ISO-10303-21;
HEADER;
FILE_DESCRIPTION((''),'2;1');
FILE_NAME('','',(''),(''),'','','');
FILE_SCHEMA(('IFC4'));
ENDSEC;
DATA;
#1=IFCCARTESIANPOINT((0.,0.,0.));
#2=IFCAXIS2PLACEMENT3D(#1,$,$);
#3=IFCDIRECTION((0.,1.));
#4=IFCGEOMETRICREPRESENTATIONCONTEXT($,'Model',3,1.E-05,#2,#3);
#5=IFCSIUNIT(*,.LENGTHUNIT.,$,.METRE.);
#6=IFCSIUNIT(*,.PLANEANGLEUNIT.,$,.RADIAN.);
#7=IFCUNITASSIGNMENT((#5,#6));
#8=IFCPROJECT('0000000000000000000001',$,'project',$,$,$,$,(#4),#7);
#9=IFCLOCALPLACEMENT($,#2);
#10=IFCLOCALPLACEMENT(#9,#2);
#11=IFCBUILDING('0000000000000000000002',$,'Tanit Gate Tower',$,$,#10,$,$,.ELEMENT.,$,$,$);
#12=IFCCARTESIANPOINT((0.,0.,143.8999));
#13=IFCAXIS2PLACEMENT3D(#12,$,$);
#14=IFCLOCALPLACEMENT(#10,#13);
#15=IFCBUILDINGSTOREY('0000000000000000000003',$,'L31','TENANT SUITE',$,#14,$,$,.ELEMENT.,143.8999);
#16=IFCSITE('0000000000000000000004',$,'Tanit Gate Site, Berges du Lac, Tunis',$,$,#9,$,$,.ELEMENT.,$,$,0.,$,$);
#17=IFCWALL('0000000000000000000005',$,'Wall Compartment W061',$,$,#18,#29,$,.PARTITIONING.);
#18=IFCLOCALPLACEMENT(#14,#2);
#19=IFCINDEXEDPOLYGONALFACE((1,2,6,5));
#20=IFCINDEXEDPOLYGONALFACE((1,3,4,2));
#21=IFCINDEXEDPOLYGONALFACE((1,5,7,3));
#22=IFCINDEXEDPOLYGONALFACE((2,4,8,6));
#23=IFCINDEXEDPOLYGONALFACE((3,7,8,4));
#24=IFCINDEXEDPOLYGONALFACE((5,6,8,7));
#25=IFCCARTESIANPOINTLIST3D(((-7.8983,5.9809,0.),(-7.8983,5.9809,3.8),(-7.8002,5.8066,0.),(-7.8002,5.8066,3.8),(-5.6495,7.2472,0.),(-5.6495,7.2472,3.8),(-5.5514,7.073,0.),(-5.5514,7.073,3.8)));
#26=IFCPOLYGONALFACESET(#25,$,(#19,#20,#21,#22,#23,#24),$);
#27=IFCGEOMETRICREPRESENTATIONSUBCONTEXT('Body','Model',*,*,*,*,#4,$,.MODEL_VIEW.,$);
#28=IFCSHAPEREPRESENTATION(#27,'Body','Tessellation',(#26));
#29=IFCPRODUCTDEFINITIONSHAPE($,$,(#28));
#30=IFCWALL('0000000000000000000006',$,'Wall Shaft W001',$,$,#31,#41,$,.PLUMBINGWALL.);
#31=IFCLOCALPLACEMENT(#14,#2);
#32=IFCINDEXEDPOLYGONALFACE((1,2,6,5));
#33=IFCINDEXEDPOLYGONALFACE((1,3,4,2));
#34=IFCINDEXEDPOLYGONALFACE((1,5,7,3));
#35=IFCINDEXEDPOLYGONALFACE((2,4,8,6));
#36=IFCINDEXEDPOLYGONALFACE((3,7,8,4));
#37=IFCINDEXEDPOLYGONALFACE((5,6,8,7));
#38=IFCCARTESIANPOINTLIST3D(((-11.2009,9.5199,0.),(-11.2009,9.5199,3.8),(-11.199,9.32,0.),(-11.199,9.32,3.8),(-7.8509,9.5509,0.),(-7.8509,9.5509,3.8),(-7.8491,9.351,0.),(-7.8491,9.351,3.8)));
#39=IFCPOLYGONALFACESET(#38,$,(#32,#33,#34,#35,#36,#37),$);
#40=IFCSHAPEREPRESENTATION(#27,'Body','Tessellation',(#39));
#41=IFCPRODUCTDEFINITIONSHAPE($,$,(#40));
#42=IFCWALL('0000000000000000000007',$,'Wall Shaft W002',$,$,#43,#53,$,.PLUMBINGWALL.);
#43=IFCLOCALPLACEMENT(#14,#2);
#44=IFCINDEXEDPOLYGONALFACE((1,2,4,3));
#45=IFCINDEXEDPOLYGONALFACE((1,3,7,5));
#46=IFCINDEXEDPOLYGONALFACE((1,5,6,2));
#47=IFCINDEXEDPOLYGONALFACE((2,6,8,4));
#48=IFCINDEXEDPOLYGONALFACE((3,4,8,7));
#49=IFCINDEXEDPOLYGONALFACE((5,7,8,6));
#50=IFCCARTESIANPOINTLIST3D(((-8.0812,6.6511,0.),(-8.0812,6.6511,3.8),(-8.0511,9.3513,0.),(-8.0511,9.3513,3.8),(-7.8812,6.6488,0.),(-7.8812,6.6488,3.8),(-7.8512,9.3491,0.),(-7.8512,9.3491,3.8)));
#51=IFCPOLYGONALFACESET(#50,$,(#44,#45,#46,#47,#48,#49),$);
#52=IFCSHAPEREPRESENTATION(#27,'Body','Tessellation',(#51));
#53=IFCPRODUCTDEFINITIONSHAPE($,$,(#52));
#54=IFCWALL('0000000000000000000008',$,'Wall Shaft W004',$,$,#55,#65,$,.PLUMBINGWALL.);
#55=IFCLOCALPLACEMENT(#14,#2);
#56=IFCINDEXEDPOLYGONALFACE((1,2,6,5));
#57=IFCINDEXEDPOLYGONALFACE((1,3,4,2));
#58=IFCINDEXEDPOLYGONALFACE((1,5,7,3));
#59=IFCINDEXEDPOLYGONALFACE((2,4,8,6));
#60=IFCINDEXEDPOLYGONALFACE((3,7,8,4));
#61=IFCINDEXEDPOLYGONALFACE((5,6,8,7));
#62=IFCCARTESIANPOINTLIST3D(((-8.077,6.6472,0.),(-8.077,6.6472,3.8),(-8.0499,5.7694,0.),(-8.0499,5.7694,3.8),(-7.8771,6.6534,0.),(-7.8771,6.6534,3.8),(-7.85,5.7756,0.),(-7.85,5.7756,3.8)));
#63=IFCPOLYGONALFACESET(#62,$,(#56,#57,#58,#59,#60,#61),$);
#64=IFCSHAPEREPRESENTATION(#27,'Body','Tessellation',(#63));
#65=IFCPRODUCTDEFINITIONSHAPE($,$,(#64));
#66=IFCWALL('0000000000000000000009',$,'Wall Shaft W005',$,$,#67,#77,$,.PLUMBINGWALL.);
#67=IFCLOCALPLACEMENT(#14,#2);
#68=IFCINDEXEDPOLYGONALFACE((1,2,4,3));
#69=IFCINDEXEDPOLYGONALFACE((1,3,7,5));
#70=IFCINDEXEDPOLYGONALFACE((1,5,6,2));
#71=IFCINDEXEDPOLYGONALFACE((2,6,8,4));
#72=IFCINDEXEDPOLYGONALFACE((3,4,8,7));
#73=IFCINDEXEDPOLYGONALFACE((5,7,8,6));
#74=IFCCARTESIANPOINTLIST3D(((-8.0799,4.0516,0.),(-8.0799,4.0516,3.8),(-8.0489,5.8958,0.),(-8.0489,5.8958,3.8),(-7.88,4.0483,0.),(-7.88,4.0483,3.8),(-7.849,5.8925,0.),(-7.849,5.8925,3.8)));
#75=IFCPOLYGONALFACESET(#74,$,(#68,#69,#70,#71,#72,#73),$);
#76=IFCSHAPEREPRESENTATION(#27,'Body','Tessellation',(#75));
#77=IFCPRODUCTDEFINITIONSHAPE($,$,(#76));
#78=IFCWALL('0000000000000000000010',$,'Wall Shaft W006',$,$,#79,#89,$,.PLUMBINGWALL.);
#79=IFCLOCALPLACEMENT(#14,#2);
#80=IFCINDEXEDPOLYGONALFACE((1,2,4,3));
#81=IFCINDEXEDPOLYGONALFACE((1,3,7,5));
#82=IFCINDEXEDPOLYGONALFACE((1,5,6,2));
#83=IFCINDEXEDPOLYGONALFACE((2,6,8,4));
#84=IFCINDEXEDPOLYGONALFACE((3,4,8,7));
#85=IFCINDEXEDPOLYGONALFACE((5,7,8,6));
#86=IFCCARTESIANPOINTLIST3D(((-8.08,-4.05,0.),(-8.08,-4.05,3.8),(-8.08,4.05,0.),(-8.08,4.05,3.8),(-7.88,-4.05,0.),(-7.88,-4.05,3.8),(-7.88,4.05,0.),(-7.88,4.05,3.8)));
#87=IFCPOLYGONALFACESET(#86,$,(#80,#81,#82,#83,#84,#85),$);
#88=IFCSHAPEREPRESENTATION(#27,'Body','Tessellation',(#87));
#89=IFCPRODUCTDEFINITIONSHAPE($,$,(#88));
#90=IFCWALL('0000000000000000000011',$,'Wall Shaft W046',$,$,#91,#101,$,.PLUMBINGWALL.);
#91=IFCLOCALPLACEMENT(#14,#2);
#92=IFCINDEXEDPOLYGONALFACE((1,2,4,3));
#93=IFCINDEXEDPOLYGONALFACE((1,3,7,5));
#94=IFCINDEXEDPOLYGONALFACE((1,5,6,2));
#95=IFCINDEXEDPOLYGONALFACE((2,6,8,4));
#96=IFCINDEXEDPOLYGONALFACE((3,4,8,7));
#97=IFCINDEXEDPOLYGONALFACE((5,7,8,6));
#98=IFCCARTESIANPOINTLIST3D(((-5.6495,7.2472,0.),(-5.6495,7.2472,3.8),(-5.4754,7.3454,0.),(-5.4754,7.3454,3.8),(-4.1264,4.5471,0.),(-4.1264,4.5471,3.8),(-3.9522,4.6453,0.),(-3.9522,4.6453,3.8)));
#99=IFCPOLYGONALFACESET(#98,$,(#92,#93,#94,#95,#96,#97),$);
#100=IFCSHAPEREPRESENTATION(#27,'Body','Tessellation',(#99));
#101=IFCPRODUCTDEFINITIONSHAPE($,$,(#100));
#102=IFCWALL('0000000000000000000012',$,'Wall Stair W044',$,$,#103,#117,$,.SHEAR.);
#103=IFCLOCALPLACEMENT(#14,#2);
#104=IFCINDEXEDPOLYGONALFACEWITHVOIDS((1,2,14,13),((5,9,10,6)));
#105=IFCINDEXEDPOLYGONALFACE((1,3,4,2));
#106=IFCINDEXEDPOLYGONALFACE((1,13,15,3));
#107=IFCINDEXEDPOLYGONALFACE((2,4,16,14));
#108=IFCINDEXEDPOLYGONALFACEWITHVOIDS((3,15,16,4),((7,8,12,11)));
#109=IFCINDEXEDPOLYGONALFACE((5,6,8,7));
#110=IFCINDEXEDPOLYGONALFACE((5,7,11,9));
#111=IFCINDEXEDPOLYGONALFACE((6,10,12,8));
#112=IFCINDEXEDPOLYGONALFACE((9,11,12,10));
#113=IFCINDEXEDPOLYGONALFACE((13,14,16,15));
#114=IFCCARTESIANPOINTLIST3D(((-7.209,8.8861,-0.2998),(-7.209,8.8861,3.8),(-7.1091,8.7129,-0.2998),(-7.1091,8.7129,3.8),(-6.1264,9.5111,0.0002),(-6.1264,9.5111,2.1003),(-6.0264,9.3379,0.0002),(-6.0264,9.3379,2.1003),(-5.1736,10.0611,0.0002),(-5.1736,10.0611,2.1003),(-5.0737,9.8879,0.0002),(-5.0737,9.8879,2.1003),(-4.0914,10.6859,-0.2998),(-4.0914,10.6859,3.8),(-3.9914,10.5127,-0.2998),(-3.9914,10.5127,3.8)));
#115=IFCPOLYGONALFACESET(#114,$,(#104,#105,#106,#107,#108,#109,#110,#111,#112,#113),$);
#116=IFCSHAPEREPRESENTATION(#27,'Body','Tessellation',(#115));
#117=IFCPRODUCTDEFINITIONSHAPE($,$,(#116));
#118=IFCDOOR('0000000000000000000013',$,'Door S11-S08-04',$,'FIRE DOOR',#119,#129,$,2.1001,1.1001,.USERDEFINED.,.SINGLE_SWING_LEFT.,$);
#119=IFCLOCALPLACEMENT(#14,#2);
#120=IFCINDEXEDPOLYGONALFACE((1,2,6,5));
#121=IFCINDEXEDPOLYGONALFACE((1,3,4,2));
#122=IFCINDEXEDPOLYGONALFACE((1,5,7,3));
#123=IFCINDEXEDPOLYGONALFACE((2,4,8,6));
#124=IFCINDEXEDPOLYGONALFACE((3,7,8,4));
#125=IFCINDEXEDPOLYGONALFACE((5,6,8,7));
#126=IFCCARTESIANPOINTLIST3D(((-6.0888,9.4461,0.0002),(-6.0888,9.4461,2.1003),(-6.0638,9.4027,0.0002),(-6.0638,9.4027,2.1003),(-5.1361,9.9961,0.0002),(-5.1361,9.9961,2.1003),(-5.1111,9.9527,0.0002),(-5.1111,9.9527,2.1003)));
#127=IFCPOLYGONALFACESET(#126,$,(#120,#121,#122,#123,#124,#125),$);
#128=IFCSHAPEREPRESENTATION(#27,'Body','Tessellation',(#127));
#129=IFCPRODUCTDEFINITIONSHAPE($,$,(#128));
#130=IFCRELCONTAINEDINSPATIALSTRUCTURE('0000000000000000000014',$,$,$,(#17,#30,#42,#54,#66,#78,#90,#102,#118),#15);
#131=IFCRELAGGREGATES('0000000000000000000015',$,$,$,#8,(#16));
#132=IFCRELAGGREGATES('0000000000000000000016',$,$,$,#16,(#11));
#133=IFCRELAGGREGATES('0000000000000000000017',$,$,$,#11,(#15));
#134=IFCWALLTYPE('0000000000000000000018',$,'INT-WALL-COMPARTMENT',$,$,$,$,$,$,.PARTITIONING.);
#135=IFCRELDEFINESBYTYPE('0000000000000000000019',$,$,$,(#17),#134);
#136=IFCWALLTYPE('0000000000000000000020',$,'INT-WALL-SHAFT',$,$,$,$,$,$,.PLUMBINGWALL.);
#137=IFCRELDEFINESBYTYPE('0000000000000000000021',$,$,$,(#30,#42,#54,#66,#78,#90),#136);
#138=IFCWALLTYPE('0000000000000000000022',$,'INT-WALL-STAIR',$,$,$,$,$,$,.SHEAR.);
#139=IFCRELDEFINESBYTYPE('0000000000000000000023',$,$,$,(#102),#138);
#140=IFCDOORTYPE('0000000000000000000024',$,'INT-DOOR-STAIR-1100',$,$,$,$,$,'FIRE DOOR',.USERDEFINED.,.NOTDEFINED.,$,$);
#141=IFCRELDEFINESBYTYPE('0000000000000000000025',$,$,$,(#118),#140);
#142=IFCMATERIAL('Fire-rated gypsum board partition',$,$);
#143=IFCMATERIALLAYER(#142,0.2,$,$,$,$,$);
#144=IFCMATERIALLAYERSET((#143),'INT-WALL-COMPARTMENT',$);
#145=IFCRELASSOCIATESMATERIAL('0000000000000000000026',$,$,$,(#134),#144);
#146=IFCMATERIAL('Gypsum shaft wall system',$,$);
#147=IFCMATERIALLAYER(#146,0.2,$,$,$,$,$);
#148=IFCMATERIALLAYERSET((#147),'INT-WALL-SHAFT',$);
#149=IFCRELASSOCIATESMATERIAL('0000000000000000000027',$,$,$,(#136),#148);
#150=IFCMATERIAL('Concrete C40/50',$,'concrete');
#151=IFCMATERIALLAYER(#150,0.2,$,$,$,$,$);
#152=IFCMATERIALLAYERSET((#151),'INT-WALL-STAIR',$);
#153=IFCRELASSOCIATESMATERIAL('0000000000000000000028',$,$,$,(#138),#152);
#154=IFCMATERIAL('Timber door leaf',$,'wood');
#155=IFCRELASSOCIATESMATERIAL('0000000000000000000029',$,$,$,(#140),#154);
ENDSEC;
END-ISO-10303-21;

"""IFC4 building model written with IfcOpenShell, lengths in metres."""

from ifc_helpers import new_model, si_unit, direction, frame, frame_2d, origin, place, context, subcontext, project, spatial, rectangle, extrude, material, layer, layer_set, type_object, element, fill, save


model = new_model("IFC4")

# Units and contexts
model_context = context("Model", 3, precision=1e-05, world=origin(), true_north=direction((0.0, 1.0)))
body_context = subcontext(model_context, "Body", "Model", "MODEL_VIEW")
ifc_project = project(units=[si_unit("LENGTHUNIT", "METRE"), si_unit("PLANEANGLEUNIT", "RADIAN")], contexts=[model_context])

# Site, building, storey
site_placement = place(None, origin())
site = spatial("IfcSite", under=ifc_project, at=site_placement, Name="Tanit Gate Site, Berges du Lac, Tunis", CompositionType="ELEMENT", RefElevation=0.0)
building_placement = place(site_placement, origin())
building = spatial("IfcBuilding", under=site, at=building_placement, Name="Tanit Gate Tower", CompositionType="ELEMENT")
storey_placement = place(building_placement, frame((0.0, 0.0, 143.8999)))
storey = spatial("IfcBuildingStorey", under=building, at=storey_placement, Name="L31", Description="TENANT SUITE", CompositionType="ELEMENT", Elevation=143.8999)

# Walls
ifc_material_1 = material(Name="Fire-rated gypsum board partition")
ifc_layer_1 = layer(ifc_material_1, 0.2)
ifc_layer_set_1 = layer_set([ifc_layer_1], Name="INT-WALL-COMPARTMENT")
wall_type_1 = type_object("IfcWallType", Name="INT-WALL-COMPARTMENT", PredefinedType="PARTITIONING", material=ifc_layer_set_1)
wall_1_placement = place(storey_placement, frame((-5.6003, 7.1602, 0.0), z_axis=(0.0, 0.0, 1.0), x_axis=(-0.87134, -0.490679, 0.0)))
element("IfcWall", 1, at=wall_1_placement, inside=storey, type_object=wall_type_1, Name="Wall Compartment W061", PredefinedType="PARTITIONING", context=body_context, shape_type="SweptSolid", body=[
    extrude(rectangle(XDim=2.5808, YDim=0.2, at=frame_2d((1.2905, 0.0))), origin(), (0.0, 0.0, 1.0), 3.8),
])
ifc_material_2 = material(Name="Gypsum shaft wall system")
ifc_layer_2 = layer(ifc_material_2, 0.2)
ifc_layer_set_2 = layer_set([ifc_layer_2], Name="INT-WALL-SHAFT")
wall_type_2 = type_object("IfcWallType", Name="INT-WALL-SHAFT", PredefinedType="PLUMBINGWALL", material=ifc_layer_set_2)
wall_2_placement = place(storey_placement, frame((-11.2, 9.4199, 0.0), z_axis=(0.0, 0.0, 1.0), x_axis=(0.999957, 0.009255, 0.0)))
element("IfcWall", 2, at=wall_2_placement, inside=storey, type_object=wall_type_2, Name="Wall Shaft W001", PredefinedType="PLUMBINGWALL", context=body_context, shape_type="SweptSolid", body=[
    extrude(rectangle(XDim=3.3501, YDim=0.2, at=frame_2d((1.675, 0.0))), origin(), (0.0, 0.0, 1.0), 3.8),
])
wall_3_placement = place(storey_placement, frame((-7.9512, 9.3501, 0.0), z_axis=(0.0, 0.0, 1.0), x_axis=(-0.01112, -0.999938, 0.0)))
element("IfcWall", 3, at=wall_3_placement, inside=storey, type_object=wall_type_2, Name="Wall Shaft W002", PredefinedType="PLUMBINGWALL", context=body_context, shape_type="SweptSolid", body=[
    extrude(rectangle(XDim=2.7004, YDim=0.2, at=frame_2d((1.3501, 0.0))), origin(), (0.0, 0.0, 1.0), 3.8),
])
wall_4_placement = place(storey_placement, frame((-7.9771, 6.6501, 0.0), z_axis=(0.0, 0.0, 1.0), x_axis=(0.030862, -0.999524, 0.0)))
element("IfcWall", 4, at=wall_4_placement, inside=storey, type_object=wall_type_2, Name="Wall Shaft W004", PredefinedType="PLUMBINGWALL", context=body_context, shape_type="SweptSolid", body=[
    extrude(rectangle(XDim=0.8782, YDim=0.2, at=frame_2d((0.439, 0.0))), origin(), (0.0, 0.0, 1.0), 3.8),
])
wall_5_placement = place(storey_placement, frame((-7.949, 5.8943, 0.0), z_axis=(0.0, 0.0, 1.0), x_axis=(-0.01681, -0.999859, 0.0)))
element("IfcWall", 5, at=wall_5_placement, inside=storey, type_object=wall_type_2, Name="Wall Shaft W005", PredefinedType="PLUMBINGWALL", context=body_context, shape_type="SweptSolid", body=[
    extrude(rectangle(XDim=1.8445, YDim=0.2, at=frame_2d((0.9224, 0.0))), origin(), (0.0, 0.0, 1.0), 3.8),
])
wall_6_placement = place(storey_placement, frame((-7.98, 4.05, 0.0), z_axis=(0.0, 0.0, 1.0), x_axis=(0.0, -1.0, 0.0)))
element("IfcWall", 6, at=wall_6_placement, inside=storey, type_object=wall_type_2, Name="Wall Shaft W006", PredefinedType="PLUMBINGWALL", context=body_context, shape_type="SweptSolid", body=[
    extrude(rectangle(XDim=8.1001, YDim=0.2, at=frame_2d((4.05, 0.0))), origin(), (0.0, 0.0, 1.0), 3.8),
])

# Wall
wall_7_placement = place(storey_placement, frame((-4.0393, 4.5962, 0.0), z_axis=(0.0, 0.0, 1.0), x_axis=(-0.491323, 0.870978, 0.0)))
element("IfcWall", 7, at=wall_7_placement, inside=storey, type_object=wall_type_2, Name="Wall Shaft W046", PredefinedType="PLUMBINGWALL", context=body_context, shape_type="SweptSolid", body=[
    extrude(rectangle(XDim=3.1001, YDim=0.2, at=frame_2d((1.55, 0.0))), origin(), (0.0, 0.0, 1.0), 3.8),
])

# Wall, opening, door
ifc_material_3 = material(Name="Concrete C40/50", Category="concrete")
ifc_layer_3 = layer(ifc_material_3, 0.2)
ifc_layer_set_3 = layer_set([ifc_layer_3], Name="INT-WALL-STAIR")
wall_type_3 = type_object("IfcWallType", Name="INT-WALL-STAIR", PredefinedType="SHEAR", material=ifc_layer_set_3)
wall_8_placement = place(storey_placement, frame((-7.1589, 8.7996, -0.2998), z_axis=(0.0, 0.0, 1.0), x_axis=(0.866048, 0.499961, 0.0)))
wall_8 = element("IfcWall", 8, at=wall_8_placement, inside=storey, type_object=wall_type_3, Name="Wall Stair W044", PredefinedType="SHEAR", context=body_context, shape_type="SweptSolid", body=[
    extrude(rectangle(XDim=3.5999, YDim=0.2, at=frame_2d((1.7998, 0.0))), origin(), (0.0, 0.0, 1.0), 4.0999),
])
opening_1_placement = place(wall_8_placement, frame((1.25, 0.0, 0.3)))
opening_1 = element("IfcOpeningElement", 9, at=opening_1_placement, cuts=wall_8, PredefinedType="OPENING", context=body_context, shape_type="SweptSolid", body=[
    extrude(rectangle(XDim=1.1001, YDim=2.1001, at=frame_2d((0.55, 1.05))), frame((0.0, 0.1099, 0.0), z_axis=(0.0, -1.0, 0.0), x_axis=(1.0, 0.0, 0.0)), (0.0, 0.0, 1.0), 0.22),
])
ifc_material_4 = material(Name="Timber door leaf", Category="wood")
door_type_1 = type_object("IfcDoorType", Name="INT-DOOR-STAIR-1100", ElementType="FIRE DOOR", OperationType="NOTDEFINED", PredefinedType="USERDEFINED", material=ifc_material_4)
door_1_placement = place(opening_1_placement, origin())
door_1 = element("IfcDoor", 10, at=door_1_placement, inside=storey, type_object=door_type_1, Name="Door S11-S08-04", ObjectType="FIRE DOOR", OperationType="SINGLE_SWING_LEFT", OverallHeight=2.1001, OverallWidth=1.1001, PredefinedType="USERDEFINED", context=body_context, shape_type="SweptSolid", body=[
    extrude(rectangle(XDim=1.1001, YDim=2.1001, at=frame_2d((0.55, 1.05))), frame((0.0, 0.0249, 0.0), z_axis=(0.0, -1.0, 0.0), x_axis=(1.0, 0.0, 0.0)), (0.0, 0.0, 1.0), 0.05),
])
fill(opening_1, door_1)

save(model, "model.ifc")
